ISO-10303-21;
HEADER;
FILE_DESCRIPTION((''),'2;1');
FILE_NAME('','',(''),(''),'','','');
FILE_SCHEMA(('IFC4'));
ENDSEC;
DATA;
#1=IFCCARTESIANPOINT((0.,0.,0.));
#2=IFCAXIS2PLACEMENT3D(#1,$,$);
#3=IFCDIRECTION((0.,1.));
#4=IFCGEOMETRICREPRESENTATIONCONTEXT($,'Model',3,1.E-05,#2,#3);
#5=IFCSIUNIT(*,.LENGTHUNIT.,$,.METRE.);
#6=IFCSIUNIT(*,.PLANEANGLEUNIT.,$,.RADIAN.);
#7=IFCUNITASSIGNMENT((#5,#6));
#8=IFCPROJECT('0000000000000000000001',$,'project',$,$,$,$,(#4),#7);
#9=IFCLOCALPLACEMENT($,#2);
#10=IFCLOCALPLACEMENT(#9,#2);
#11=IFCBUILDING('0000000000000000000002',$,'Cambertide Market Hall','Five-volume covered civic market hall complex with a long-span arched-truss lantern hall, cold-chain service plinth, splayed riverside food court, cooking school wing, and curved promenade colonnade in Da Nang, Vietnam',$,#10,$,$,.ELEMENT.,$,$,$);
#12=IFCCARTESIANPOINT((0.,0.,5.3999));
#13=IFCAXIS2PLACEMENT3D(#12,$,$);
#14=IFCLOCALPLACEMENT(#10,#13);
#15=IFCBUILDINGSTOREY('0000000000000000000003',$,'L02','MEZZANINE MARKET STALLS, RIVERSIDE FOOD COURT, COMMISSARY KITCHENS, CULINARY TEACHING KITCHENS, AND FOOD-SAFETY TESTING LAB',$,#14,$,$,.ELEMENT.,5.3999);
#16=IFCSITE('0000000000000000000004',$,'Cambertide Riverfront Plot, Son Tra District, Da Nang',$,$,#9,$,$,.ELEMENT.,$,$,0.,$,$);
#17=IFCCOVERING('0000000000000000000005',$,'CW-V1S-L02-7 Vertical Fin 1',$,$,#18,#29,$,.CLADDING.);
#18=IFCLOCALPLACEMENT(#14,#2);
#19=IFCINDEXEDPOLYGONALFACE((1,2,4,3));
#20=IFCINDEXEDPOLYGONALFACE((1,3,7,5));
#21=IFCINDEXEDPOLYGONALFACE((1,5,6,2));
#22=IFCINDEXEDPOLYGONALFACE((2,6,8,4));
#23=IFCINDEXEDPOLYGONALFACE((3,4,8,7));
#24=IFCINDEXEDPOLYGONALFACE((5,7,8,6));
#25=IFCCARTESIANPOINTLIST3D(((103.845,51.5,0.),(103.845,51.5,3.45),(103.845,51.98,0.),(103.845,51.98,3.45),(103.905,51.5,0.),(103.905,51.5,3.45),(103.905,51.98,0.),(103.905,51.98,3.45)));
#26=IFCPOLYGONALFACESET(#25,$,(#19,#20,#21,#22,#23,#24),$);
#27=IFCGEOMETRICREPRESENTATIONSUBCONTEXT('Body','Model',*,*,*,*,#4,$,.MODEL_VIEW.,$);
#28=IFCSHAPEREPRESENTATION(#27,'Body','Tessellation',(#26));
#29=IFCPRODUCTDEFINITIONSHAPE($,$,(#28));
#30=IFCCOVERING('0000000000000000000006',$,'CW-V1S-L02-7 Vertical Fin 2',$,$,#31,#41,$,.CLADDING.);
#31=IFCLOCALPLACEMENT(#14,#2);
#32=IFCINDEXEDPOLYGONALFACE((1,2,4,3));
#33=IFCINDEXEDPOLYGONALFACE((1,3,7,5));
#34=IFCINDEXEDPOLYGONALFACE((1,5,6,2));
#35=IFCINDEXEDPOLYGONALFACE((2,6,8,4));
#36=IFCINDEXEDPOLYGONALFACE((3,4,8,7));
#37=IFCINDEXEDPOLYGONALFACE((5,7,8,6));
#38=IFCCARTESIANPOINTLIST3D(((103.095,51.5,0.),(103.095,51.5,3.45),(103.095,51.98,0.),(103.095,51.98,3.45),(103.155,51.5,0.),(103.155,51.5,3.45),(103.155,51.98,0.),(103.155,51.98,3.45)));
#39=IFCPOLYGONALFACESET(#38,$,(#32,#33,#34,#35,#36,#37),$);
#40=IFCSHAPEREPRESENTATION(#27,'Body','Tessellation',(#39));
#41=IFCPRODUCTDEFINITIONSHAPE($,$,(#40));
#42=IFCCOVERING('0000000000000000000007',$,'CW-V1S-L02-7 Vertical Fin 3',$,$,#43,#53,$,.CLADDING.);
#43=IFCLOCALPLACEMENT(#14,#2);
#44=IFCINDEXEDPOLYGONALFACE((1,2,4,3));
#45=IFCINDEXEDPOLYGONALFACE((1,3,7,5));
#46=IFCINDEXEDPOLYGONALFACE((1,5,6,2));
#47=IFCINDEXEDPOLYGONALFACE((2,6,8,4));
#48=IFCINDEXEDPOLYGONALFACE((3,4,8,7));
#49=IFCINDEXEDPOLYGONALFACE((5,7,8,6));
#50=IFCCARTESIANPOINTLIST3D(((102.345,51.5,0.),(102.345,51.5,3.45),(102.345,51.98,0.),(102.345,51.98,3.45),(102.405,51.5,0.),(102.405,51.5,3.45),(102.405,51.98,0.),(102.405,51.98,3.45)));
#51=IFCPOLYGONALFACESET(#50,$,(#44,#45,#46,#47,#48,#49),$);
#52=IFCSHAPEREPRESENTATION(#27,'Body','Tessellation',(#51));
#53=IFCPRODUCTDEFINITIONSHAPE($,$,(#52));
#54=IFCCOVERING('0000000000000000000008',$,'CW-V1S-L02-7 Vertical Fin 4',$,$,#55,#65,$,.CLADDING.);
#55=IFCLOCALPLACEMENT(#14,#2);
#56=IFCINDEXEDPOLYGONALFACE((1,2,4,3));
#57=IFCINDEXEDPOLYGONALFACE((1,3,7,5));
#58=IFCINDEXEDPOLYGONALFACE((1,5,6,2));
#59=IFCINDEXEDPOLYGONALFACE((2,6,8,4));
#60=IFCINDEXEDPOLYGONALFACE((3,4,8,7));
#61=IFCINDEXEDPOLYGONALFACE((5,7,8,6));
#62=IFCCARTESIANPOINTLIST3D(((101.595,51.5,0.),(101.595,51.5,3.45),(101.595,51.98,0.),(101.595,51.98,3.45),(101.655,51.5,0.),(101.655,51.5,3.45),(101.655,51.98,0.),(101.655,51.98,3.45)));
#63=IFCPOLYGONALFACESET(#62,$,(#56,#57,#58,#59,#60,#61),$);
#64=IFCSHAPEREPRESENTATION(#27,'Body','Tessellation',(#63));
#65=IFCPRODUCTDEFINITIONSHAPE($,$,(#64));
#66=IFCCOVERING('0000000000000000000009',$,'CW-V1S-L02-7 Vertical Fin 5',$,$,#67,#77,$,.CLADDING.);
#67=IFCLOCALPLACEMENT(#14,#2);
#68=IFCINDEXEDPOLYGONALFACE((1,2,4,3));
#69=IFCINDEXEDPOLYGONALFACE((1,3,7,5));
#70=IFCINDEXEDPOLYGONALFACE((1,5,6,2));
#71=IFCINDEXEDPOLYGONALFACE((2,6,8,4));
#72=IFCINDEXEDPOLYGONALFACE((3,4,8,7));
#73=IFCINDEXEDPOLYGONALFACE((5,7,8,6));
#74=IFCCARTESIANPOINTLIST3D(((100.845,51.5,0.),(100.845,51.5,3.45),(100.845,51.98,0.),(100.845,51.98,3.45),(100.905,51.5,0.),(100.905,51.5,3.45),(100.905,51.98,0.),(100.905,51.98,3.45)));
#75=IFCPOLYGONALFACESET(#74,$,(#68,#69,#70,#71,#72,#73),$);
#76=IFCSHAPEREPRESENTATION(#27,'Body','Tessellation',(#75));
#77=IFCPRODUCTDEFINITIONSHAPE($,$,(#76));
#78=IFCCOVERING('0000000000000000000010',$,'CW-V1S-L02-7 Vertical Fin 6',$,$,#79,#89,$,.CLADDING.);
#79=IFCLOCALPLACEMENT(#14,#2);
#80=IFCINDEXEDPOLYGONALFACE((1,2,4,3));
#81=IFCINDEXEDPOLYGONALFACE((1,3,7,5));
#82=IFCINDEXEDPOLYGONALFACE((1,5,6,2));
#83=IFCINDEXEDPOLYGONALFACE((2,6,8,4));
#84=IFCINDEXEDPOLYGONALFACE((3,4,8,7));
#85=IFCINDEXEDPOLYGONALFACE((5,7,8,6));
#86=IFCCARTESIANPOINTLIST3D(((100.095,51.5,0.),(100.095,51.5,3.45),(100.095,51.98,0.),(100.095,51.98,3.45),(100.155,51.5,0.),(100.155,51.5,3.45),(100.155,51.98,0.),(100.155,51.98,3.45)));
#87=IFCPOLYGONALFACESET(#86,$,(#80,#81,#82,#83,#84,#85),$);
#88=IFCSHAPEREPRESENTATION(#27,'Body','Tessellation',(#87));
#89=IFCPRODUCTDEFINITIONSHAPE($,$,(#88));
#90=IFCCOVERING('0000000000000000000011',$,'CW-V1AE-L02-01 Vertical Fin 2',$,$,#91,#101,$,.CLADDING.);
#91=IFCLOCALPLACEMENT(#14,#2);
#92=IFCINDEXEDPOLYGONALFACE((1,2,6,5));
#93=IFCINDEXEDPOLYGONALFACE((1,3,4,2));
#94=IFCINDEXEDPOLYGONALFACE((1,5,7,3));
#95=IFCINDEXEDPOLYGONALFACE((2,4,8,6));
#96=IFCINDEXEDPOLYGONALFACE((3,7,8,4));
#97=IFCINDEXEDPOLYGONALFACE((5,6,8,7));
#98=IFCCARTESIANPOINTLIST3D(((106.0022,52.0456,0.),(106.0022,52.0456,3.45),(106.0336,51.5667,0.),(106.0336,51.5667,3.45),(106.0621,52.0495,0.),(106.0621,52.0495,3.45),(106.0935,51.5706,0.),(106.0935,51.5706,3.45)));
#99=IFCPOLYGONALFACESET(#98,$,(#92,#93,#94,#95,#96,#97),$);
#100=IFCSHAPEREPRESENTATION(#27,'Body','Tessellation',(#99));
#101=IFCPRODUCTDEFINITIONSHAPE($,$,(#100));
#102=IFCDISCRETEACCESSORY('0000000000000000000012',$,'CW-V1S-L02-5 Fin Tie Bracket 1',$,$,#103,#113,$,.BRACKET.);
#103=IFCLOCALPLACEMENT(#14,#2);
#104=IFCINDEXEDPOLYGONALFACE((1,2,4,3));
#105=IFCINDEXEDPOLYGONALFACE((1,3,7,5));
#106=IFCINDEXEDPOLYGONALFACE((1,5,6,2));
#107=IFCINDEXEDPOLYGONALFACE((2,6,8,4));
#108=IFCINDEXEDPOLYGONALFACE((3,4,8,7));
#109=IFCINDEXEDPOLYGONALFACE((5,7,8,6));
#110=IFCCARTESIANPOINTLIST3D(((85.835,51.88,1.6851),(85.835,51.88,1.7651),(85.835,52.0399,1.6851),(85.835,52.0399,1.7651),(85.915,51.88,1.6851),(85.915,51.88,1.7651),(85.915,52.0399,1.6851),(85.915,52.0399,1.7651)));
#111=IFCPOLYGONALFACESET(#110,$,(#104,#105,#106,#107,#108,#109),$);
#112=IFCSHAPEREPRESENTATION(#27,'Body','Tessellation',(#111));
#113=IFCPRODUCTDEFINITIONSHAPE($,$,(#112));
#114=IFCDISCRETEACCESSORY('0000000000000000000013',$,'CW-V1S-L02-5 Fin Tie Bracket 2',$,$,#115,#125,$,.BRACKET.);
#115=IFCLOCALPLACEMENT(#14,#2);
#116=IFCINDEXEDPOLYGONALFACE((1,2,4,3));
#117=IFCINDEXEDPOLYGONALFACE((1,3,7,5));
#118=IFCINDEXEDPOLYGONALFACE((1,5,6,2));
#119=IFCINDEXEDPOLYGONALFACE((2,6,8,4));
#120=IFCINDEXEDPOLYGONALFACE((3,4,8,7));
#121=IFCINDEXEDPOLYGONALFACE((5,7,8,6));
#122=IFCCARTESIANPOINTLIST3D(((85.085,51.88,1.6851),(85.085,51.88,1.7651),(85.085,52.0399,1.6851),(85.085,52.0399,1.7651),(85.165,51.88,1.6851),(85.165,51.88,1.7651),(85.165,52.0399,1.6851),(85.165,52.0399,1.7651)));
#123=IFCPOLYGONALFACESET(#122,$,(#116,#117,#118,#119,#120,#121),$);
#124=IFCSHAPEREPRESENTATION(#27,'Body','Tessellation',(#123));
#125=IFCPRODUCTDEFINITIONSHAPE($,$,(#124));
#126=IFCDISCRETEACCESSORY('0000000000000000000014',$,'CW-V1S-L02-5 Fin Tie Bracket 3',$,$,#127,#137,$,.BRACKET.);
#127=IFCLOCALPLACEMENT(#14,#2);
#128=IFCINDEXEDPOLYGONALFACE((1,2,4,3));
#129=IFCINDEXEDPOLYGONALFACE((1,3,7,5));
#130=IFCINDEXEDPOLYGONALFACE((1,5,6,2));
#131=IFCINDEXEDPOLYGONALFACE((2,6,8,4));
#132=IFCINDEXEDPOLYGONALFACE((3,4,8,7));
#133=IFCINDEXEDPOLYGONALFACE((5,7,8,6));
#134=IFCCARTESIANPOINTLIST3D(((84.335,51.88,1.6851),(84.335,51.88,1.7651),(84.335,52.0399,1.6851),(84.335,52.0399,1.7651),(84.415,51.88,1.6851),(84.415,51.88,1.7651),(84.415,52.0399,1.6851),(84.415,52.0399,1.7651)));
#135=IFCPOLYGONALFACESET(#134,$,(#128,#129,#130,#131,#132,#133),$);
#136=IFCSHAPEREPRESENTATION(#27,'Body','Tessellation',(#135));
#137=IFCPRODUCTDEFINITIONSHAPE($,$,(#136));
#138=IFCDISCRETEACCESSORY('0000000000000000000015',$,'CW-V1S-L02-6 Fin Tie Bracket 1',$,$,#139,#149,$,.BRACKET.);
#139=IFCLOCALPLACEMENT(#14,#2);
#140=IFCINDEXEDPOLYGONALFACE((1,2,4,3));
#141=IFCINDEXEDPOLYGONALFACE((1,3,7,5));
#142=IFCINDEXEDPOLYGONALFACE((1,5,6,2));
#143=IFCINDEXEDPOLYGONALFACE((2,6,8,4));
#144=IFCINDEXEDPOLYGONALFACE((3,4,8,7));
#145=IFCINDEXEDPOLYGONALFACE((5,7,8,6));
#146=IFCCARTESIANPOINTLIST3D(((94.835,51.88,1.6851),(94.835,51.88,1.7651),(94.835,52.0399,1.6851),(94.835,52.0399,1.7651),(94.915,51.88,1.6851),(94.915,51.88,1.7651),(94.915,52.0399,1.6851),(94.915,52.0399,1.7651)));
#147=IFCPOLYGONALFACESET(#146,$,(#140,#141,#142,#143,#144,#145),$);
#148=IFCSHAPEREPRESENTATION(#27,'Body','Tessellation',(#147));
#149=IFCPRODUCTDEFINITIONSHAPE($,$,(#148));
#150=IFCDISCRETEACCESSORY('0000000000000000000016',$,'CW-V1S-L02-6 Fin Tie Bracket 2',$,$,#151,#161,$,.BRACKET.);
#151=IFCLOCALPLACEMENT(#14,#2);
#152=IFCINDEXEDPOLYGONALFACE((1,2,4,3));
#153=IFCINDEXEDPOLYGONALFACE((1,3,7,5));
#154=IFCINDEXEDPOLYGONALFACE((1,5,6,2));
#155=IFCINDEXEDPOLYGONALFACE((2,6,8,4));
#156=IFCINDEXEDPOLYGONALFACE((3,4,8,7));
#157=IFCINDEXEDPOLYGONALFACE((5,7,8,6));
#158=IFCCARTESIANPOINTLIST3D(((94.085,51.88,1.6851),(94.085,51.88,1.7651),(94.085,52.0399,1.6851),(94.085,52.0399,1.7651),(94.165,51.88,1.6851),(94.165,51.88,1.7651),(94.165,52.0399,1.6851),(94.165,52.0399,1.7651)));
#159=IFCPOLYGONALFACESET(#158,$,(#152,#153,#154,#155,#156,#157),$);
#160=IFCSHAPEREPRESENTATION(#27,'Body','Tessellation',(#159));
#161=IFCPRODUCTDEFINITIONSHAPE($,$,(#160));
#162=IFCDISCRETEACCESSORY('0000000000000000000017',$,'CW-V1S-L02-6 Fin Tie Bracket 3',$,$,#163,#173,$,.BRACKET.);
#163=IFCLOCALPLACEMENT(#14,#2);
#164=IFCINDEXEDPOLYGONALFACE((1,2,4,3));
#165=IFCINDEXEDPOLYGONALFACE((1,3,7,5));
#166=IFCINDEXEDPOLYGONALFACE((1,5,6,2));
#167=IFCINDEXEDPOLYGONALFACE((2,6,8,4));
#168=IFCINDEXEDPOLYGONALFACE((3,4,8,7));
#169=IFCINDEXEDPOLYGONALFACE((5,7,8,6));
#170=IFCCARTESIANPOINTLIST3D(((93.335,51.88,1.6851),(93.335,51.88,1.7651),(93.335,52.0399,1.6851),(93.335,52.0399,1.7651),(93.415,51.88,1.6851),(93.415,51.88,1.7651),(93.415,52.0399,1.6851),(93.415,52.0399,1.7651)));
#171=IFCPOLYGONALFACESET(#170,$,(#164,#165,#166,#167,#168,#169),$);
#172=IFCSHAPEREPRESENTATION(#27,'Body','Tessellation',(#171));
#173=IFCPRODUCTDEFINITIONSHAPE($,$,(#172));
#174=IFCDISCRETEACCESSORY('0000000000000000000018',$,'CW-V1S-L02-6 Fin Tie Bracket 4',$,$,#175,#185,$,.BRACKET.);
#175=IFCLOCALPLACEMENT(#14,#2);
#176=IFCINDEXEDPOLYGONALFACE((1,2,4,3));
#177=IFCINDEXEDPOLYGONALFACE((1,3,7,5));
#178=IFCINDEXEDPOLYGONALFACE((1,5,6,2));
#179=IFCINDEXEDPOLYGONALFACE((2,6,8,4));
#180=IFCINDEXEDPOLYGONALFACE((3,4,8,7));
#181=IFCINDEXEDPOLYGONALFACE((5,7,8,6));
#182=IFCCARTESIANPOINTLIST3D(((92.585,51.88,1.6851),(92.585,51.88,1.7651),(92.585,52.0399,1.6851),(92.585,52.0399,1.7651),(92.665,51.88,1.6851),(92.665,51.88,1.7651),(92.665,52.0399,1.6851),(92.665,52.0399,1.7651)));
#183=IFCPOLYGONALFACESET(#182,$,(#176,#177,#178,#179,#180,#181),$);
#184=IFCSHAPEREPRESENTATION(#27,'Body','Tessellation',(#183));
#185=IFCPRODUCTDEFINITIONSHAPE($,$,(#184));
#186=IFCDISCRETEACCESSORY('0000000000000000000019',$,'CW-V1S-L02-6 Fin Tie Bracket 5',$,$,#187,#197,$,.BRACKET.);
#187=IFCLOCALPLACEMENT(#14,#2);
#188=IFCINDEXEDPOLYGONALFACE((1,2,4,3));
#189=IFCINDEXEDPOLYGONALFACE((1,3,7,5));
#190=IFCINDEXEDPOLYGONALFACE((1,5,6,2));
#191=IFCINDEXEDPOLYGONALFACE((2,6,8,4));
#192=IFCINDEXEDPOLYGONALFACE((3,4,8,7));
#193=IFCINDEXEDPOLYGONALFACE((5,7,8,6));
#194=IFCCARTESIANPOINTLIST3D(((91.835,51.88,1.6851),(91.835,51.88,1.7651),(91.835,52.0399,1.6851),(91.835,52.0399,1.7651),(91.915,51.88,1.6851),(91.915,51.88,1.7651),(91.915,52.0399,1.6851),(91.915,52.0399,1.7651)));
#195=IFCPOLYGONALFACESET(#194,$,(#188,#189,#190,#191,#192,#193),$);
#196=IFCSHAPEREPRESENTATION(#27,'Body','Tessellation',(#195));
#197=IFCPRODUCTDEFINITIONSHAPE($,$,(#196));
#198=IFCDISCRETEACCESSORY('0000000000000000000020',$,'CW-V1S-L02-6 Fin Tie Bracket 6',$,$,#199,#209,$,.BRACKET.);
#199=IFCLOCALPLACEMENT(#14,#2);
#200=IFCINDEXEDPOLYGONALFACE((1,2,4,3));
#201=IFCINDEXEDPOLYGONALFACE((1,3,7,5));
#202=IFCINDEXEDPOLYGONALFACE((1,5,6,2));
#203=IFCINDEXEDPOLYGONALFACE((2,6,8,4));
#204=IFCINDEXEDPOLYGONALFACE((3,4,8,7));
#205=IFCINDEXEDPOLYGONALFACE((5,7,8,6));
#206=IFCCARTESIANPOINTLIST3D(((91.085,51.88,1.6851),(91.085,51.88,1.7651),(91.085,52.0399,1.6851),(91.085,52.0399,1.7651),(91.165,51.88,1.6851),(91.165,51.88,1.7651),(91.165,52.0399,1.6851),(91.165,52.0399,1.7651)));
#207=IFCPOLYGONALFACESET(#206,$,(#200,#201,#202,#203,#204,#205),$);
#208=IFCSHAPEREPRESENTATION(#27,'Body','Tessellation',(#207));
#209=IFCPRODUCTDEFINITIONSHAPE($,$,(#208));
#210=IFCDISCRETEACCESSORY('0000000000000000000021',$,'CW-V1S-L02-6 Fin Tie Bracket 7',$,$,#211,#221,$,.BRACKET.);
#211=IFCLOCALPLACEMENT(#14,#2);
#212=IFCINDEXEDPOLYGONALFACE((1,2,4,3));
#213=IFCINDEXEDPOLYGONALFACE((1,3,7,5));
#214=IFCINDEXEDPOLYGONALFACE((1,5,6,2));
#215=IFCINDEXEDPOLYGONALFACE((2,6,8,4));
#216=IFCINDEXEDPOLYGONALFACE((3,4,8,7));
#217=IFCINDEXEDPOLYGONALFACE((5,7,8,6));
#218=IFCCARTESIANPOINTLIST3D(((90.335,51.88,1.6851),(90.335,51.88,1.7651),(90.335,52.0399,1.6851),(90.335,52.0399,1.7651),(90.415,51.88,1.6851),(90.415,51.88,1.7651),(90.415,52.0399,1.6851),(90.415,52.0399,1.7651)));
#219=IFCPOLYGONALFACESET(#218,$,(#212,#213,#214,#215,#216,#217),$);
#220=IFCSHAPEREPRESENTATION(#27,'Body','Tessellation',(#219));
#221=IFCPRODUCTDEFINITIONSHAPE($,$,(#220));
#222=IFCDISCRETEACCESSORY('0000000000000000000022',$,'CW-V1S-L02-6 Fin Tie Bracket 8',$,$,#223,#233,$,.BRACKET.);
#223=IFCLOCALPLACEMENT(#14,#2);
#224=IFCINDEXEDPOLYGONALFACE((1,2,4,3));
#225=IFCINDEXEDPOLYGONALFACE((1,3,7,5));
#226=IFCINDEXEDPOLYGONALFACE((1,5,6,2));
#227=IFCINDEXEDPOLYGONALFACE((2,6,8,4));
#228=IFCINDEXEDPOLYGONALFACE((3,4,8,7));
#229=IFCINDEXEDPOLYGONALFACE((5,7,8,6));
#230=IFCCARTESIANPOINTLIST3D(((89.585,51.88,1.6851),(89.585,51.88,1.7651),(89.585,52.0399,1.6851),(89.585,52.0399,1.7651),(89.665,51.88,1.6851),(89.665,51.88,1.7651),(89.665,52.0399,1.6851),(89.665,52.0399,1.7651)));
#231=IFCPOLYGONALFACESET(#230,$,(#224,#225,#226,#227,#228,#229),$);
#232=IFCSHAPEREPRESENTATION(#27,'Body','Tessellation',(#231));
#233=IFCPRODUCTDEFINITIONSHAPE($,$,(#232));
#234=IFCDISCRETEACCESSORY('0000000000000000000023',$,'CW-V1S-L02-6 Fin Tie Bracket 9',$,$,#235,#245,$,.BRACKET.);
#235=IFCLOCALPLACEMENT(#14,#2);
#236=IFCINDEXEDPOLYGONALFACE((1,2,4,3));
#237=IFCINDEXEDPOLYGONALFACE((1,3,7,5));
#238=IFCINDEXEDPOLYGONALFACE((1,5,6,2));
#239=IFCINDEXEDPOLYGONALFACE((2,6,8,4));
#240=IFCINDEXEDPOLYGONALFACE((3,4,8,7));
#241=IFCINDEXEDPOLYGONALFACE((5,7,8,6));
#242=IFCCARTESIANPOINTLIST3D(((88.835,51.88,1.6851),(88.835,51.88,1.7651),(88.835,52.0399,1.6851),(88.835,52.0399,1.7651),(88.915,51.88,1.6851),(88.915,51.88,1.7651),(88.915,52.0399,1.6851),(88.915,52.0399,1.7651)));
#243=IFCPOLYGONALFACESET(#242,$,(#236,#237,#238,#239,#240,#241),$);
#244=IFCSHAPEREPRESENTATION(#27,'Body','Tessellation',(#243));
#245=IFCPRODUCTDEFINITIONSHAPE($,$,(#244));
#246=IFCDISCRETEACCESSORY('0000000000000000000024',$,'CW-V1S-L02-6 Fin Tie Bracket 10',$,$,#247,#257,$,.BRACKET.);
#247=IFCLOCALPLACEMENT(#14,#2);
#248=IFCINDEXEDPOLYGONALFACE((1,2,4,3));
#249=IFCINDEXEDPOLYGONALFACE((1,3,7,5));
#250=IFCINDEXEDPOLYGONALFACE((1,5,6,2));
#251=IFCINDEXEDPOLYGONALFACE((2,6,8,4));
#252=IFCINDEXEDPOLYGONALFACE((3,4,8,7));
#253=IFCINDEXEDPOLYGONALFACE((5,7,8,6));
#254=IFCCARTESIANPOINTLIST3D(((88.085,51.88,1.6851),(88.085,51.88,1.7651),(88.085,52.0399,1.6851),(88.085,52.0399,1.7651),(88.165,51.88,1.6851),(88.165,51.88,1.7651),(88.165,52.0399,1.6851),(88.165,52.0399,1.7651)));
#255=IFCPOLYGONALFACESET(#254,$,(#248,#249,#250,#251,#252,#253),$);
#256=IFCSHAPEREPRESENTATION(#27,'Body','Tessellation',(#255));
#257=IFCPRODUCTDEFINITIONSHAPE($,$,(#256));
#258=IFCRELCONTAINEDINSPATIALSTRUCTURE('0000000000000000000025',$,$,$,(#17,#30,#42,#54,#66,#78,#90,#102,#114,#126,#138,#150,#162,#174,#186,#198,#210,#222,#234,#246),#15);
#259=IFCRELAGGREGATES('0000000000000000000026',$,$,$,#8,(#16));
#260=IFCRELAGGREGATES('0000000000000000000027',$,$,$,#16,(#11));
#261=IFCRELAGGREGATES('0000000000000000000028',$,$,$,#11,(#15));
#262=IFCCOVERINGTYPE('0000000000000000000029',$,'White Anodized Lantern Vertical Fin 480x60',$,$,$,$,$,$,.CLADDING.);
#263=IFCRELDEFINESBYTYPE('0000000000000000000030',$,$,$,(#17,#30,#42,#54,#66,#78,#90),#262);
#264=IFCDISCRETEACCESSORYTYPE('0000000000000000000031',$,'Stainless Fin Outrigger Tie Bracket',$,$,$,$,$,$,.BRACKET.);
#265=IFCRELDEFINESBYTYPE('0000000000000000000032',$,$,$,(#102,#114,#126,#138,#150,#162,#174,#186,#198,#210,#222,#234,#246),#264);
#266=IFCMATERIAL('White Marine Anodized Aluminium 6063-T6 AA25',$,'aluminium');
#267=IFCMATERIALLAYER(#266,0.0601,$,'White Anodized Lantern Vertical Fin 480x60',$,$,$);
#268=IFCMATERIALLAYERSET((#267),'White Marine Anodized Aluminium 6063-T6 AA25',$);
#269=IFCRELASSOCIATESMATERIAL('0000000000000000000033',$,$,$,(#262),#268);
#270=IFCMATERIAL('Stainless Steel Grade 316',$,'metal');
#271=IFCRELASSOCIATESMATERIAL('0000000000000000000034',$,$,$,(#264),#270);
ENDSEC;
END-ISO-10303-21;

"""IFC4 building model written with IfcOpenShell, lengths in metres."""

from ifc_helpers import new_model, si_unit, direction, frame, origin, origin_2d, place, context, subcontext, project, spatial, rectangle, extrude, material, layer, layer_set, type_object, element, save


model = new_model("IFC4")

# Units and contexts
model_context = context("Model", 3, precision=1e-05, world=origin(), true_north=direction((0.0, 1.0)))
body_context = subcontext(model_context, "Body", "Model", "MODEL_VIEW")
ifc_project = project(units=[si_unit("LENGTHUNIT", "METRE"), si_unit("PLANEANGLEUNIT", "RADIAN")], contexts=[model_context])

# Site, building, storey
site_placement = place(None, origin())
site = spatial("IfcSite", under=ifc_project, at=site_placement, Name="Cambertide Riverfront Plot, Son Tra District, Da Nang", CompositionType="ELEMENT", RefElevation=0.0)
building_placement = place(site_placement, origin())
building = spatial("IfcBuilding", under=site, at=building_placement, Name="Cambertide Market Hall", Description="Five-volume covered civic market hall complex with a long-span arched-truss lantern hall, cold-chain service plinth, splayed riverside food court, cooking school wing, and curved promenade colonnade in Da Nang, Vietnam", CompositionType="ELEMENT")
storey_placement = place(building_placement, frame((0.0, 0.0, 5.3999)))
storey = spatial("IfcBuildingStorey", under=building, at=storey_placement, Name="L02", Description="MEZZANINE MARKET STALLS, RIVERSIDE FOOD COURT, COMMISSARY KITCHENS, CULINARY TEACHING KITCHENS, AND FOOD-SAFETY TESTING LAB", CompositionType="ELEMENT", Elevation=5.3999)

# Coverings
ifc_material_1 = material(Name="White Marine Anodized Aluminium 6063-T6 AA25", Category="aluminium")
ifc_layer = layer(ifc_material_1, 0.0601, Name="White Anodized Lantern Vertical Fin 480x60")
ifc_layer_set = layer_set([ifc_layer], Name="White Marine Anodized Aluminium 6063-T6 AA25")
covering_type = type_object("IfcCoveringType", Name="White Anodized Lantern Vertical Fin 480x60", PredefinedType="CLADDING", material=ifc_layer_set)
for number, where, z_axis, x_axis, name in (
    (1, (103.875, 51.74, 0.0), (0.0, 0.0, 1.0), (-1.0, 0.0, 0.0), "CW-V1S-L02-7 Vertical Fin 1"),
    (2, (103.125, 51.74, 0.0), (0.0, 0.0, 1.0), (-1.0, 0.0, 0.0), "CW-V1S-L02-7 Vertical Fin 2"),
    (3, (102.375, 51.74, 0.0), (0.0, 0.0, 1.0), (-1.0, 0.0, 0.0), "CW-V1S-L02-7 Vertical Fin 3"),
    (4, (101.625, 51.74, 0.0), (0.0, 0.0, 1.0), (-1.0, 0.0, 0.0), "CW-V1S-L02-7 Vertical Fin 4"),
    (5, (100.875, 51.74, 0.0), (0.0, 0.0, 1.0), (-1.0, 0.0, 0.0), "CW-V1S-L02-7 Vertical Fin 5"),
    (6, (100.125, 51.74, 0.0), (0.0, 0.0, 1.0), (-1.0, 0.0, 0.0), "CW-V1S-L02-7 Vertical Fin 6"),
    (7, (106.0479, 51.8081, 0.0), (0.0, 0.0, 1.0), (-0.997859, -0.065403, 0.0), "CW-V1AE-L02-01 Vertical Fin 2"),
):
    element("IfcCovering", number, at=place(storey_placement, frame(where, z_axis=z_axis, x_axis=x_axis)), inside=storey, type_object=covering_type, Name=name, PredefinedType="CLADDING", context=body_context, shape_type="SweptSolid", body=[
        extrude(rectangle(XDim=0.0601, YDim=0.48, at=origin_2d()), origin(), (0.0, 0.0, 1.0), 3.45),
    ])

# Discrete accessories
ifc_material_2 = material(Name="Stainless Steel Grade 316", Category="metal")
discrete_accessory_type = type_object("IfcDiscreteAccessoryType", Name="Stainless Fin Outrigger Tie Bracket", PredefinedType="BRACKET", material=ifc_material_2)
for number, where, z_axis, x_axis, name in (
    (8, (85.875, 51.96, 1.6851), (0.0, 0.0, 1.0), (-1.0, 0.0, 0.0), "CW-V1S-L02-5 Fin Tie Bracket 1"),
    (9, (85.125, 51.96, 1.6851), (0.0, 0.0, 1.0), (-1.0, 0.0, 0.0), "CW-V1S-L02-5 Fin Tie Bracket 2"),
    (10, (84.375, 51.96, 1.6851), (0.0, 0.0, 1.0), (-1.0, 0.0, 0.0), "CW-V1S-L02-5 Fin Tie Bracket 3"),
    (11, (94.875, 51.96, 1.6851), (0.0, 0.0, 1.0), (-1.0, 0.0, 0.0), "CW-V1S-L02-6 Fin Tie Bracket 1"),
    (12, (94.125, 51.96, 1.6851), (0.0, 0.0, 1.0), (-1.0, 0.0, 0.0), "CW-V1S-L02-6 Fin Tie Bracket 2"),
    (13, (93.375, 51.96, 1.6851), (0.0, 0.0, 1.0), (-1.0, 0.0, 0.0), "CW-V1S-L02-6 Fin Tie Bracket 3"),
    (14, (92.625, 51.96, 1.6851), (0.0, 0.0, 1.0), (-1.0, 0.0, 0.0), "CW-V1S-L02-6 Fin Tie Bracket 4"),
    (15, (91.875, 51.96, 1.6851), (0.0, 0.0, 1.0), (-1.0, 0.0, 0.0), "CW-V1S-L02-6 Fin Tie Bracket 5"),
    (16, (91.125, 51.96, 1.6851), (0.0, 0.0, 1.0), (-1.0, 0.0, 0.0), "CW-V1S-L02-6 Fin Tie Bracket 6"),
    (17, (90.375, 51.96, 1.6851), (0.0, 0.0, 1.0), (-1.0, 0.0, 0.0), "CW-V1S-L02-6 Fin Tie Bracket 7"),
    (18, (89.625, 51.96, 1.6851), (0.0, 0.0, 1.0), (-1.0, 0.0, 0.0), "CW-V1S-L02-6 Fin Tie Bracket 8"),
    (19, (88.875, 51.96, 1.6851), (0.0, 0.0, 1.0), (-1.0, 0.0, 0.0), "CW-V1S-L02-6 Fin Tie Bracket 9"),
    (20, (88.125, 51.96, 1.6851), (0.0, 0.0, 1.0), (-1.0, 0.0, 0.0), "CW-V1S-L02-6 Fin Tie Bracket 10"),
):
    element("IfcDiscreteAccessory", number, at=place(storey_placement, frame(where, z_axis=z_axis, x_axis=x_axis)), inside=storey, type_object=discrete_accessory_type, Name=name, PredefinedType="BRACKET", context=body_context, shape_type="SweptSolid", body=[
        extrude(rectangle(XDim=0.0801, YDim=0.1599, at=origin_2d()), origin(), (0.0, 0.0, 1.0), 0.0801),
    ])

save(model, "model.ifc")
